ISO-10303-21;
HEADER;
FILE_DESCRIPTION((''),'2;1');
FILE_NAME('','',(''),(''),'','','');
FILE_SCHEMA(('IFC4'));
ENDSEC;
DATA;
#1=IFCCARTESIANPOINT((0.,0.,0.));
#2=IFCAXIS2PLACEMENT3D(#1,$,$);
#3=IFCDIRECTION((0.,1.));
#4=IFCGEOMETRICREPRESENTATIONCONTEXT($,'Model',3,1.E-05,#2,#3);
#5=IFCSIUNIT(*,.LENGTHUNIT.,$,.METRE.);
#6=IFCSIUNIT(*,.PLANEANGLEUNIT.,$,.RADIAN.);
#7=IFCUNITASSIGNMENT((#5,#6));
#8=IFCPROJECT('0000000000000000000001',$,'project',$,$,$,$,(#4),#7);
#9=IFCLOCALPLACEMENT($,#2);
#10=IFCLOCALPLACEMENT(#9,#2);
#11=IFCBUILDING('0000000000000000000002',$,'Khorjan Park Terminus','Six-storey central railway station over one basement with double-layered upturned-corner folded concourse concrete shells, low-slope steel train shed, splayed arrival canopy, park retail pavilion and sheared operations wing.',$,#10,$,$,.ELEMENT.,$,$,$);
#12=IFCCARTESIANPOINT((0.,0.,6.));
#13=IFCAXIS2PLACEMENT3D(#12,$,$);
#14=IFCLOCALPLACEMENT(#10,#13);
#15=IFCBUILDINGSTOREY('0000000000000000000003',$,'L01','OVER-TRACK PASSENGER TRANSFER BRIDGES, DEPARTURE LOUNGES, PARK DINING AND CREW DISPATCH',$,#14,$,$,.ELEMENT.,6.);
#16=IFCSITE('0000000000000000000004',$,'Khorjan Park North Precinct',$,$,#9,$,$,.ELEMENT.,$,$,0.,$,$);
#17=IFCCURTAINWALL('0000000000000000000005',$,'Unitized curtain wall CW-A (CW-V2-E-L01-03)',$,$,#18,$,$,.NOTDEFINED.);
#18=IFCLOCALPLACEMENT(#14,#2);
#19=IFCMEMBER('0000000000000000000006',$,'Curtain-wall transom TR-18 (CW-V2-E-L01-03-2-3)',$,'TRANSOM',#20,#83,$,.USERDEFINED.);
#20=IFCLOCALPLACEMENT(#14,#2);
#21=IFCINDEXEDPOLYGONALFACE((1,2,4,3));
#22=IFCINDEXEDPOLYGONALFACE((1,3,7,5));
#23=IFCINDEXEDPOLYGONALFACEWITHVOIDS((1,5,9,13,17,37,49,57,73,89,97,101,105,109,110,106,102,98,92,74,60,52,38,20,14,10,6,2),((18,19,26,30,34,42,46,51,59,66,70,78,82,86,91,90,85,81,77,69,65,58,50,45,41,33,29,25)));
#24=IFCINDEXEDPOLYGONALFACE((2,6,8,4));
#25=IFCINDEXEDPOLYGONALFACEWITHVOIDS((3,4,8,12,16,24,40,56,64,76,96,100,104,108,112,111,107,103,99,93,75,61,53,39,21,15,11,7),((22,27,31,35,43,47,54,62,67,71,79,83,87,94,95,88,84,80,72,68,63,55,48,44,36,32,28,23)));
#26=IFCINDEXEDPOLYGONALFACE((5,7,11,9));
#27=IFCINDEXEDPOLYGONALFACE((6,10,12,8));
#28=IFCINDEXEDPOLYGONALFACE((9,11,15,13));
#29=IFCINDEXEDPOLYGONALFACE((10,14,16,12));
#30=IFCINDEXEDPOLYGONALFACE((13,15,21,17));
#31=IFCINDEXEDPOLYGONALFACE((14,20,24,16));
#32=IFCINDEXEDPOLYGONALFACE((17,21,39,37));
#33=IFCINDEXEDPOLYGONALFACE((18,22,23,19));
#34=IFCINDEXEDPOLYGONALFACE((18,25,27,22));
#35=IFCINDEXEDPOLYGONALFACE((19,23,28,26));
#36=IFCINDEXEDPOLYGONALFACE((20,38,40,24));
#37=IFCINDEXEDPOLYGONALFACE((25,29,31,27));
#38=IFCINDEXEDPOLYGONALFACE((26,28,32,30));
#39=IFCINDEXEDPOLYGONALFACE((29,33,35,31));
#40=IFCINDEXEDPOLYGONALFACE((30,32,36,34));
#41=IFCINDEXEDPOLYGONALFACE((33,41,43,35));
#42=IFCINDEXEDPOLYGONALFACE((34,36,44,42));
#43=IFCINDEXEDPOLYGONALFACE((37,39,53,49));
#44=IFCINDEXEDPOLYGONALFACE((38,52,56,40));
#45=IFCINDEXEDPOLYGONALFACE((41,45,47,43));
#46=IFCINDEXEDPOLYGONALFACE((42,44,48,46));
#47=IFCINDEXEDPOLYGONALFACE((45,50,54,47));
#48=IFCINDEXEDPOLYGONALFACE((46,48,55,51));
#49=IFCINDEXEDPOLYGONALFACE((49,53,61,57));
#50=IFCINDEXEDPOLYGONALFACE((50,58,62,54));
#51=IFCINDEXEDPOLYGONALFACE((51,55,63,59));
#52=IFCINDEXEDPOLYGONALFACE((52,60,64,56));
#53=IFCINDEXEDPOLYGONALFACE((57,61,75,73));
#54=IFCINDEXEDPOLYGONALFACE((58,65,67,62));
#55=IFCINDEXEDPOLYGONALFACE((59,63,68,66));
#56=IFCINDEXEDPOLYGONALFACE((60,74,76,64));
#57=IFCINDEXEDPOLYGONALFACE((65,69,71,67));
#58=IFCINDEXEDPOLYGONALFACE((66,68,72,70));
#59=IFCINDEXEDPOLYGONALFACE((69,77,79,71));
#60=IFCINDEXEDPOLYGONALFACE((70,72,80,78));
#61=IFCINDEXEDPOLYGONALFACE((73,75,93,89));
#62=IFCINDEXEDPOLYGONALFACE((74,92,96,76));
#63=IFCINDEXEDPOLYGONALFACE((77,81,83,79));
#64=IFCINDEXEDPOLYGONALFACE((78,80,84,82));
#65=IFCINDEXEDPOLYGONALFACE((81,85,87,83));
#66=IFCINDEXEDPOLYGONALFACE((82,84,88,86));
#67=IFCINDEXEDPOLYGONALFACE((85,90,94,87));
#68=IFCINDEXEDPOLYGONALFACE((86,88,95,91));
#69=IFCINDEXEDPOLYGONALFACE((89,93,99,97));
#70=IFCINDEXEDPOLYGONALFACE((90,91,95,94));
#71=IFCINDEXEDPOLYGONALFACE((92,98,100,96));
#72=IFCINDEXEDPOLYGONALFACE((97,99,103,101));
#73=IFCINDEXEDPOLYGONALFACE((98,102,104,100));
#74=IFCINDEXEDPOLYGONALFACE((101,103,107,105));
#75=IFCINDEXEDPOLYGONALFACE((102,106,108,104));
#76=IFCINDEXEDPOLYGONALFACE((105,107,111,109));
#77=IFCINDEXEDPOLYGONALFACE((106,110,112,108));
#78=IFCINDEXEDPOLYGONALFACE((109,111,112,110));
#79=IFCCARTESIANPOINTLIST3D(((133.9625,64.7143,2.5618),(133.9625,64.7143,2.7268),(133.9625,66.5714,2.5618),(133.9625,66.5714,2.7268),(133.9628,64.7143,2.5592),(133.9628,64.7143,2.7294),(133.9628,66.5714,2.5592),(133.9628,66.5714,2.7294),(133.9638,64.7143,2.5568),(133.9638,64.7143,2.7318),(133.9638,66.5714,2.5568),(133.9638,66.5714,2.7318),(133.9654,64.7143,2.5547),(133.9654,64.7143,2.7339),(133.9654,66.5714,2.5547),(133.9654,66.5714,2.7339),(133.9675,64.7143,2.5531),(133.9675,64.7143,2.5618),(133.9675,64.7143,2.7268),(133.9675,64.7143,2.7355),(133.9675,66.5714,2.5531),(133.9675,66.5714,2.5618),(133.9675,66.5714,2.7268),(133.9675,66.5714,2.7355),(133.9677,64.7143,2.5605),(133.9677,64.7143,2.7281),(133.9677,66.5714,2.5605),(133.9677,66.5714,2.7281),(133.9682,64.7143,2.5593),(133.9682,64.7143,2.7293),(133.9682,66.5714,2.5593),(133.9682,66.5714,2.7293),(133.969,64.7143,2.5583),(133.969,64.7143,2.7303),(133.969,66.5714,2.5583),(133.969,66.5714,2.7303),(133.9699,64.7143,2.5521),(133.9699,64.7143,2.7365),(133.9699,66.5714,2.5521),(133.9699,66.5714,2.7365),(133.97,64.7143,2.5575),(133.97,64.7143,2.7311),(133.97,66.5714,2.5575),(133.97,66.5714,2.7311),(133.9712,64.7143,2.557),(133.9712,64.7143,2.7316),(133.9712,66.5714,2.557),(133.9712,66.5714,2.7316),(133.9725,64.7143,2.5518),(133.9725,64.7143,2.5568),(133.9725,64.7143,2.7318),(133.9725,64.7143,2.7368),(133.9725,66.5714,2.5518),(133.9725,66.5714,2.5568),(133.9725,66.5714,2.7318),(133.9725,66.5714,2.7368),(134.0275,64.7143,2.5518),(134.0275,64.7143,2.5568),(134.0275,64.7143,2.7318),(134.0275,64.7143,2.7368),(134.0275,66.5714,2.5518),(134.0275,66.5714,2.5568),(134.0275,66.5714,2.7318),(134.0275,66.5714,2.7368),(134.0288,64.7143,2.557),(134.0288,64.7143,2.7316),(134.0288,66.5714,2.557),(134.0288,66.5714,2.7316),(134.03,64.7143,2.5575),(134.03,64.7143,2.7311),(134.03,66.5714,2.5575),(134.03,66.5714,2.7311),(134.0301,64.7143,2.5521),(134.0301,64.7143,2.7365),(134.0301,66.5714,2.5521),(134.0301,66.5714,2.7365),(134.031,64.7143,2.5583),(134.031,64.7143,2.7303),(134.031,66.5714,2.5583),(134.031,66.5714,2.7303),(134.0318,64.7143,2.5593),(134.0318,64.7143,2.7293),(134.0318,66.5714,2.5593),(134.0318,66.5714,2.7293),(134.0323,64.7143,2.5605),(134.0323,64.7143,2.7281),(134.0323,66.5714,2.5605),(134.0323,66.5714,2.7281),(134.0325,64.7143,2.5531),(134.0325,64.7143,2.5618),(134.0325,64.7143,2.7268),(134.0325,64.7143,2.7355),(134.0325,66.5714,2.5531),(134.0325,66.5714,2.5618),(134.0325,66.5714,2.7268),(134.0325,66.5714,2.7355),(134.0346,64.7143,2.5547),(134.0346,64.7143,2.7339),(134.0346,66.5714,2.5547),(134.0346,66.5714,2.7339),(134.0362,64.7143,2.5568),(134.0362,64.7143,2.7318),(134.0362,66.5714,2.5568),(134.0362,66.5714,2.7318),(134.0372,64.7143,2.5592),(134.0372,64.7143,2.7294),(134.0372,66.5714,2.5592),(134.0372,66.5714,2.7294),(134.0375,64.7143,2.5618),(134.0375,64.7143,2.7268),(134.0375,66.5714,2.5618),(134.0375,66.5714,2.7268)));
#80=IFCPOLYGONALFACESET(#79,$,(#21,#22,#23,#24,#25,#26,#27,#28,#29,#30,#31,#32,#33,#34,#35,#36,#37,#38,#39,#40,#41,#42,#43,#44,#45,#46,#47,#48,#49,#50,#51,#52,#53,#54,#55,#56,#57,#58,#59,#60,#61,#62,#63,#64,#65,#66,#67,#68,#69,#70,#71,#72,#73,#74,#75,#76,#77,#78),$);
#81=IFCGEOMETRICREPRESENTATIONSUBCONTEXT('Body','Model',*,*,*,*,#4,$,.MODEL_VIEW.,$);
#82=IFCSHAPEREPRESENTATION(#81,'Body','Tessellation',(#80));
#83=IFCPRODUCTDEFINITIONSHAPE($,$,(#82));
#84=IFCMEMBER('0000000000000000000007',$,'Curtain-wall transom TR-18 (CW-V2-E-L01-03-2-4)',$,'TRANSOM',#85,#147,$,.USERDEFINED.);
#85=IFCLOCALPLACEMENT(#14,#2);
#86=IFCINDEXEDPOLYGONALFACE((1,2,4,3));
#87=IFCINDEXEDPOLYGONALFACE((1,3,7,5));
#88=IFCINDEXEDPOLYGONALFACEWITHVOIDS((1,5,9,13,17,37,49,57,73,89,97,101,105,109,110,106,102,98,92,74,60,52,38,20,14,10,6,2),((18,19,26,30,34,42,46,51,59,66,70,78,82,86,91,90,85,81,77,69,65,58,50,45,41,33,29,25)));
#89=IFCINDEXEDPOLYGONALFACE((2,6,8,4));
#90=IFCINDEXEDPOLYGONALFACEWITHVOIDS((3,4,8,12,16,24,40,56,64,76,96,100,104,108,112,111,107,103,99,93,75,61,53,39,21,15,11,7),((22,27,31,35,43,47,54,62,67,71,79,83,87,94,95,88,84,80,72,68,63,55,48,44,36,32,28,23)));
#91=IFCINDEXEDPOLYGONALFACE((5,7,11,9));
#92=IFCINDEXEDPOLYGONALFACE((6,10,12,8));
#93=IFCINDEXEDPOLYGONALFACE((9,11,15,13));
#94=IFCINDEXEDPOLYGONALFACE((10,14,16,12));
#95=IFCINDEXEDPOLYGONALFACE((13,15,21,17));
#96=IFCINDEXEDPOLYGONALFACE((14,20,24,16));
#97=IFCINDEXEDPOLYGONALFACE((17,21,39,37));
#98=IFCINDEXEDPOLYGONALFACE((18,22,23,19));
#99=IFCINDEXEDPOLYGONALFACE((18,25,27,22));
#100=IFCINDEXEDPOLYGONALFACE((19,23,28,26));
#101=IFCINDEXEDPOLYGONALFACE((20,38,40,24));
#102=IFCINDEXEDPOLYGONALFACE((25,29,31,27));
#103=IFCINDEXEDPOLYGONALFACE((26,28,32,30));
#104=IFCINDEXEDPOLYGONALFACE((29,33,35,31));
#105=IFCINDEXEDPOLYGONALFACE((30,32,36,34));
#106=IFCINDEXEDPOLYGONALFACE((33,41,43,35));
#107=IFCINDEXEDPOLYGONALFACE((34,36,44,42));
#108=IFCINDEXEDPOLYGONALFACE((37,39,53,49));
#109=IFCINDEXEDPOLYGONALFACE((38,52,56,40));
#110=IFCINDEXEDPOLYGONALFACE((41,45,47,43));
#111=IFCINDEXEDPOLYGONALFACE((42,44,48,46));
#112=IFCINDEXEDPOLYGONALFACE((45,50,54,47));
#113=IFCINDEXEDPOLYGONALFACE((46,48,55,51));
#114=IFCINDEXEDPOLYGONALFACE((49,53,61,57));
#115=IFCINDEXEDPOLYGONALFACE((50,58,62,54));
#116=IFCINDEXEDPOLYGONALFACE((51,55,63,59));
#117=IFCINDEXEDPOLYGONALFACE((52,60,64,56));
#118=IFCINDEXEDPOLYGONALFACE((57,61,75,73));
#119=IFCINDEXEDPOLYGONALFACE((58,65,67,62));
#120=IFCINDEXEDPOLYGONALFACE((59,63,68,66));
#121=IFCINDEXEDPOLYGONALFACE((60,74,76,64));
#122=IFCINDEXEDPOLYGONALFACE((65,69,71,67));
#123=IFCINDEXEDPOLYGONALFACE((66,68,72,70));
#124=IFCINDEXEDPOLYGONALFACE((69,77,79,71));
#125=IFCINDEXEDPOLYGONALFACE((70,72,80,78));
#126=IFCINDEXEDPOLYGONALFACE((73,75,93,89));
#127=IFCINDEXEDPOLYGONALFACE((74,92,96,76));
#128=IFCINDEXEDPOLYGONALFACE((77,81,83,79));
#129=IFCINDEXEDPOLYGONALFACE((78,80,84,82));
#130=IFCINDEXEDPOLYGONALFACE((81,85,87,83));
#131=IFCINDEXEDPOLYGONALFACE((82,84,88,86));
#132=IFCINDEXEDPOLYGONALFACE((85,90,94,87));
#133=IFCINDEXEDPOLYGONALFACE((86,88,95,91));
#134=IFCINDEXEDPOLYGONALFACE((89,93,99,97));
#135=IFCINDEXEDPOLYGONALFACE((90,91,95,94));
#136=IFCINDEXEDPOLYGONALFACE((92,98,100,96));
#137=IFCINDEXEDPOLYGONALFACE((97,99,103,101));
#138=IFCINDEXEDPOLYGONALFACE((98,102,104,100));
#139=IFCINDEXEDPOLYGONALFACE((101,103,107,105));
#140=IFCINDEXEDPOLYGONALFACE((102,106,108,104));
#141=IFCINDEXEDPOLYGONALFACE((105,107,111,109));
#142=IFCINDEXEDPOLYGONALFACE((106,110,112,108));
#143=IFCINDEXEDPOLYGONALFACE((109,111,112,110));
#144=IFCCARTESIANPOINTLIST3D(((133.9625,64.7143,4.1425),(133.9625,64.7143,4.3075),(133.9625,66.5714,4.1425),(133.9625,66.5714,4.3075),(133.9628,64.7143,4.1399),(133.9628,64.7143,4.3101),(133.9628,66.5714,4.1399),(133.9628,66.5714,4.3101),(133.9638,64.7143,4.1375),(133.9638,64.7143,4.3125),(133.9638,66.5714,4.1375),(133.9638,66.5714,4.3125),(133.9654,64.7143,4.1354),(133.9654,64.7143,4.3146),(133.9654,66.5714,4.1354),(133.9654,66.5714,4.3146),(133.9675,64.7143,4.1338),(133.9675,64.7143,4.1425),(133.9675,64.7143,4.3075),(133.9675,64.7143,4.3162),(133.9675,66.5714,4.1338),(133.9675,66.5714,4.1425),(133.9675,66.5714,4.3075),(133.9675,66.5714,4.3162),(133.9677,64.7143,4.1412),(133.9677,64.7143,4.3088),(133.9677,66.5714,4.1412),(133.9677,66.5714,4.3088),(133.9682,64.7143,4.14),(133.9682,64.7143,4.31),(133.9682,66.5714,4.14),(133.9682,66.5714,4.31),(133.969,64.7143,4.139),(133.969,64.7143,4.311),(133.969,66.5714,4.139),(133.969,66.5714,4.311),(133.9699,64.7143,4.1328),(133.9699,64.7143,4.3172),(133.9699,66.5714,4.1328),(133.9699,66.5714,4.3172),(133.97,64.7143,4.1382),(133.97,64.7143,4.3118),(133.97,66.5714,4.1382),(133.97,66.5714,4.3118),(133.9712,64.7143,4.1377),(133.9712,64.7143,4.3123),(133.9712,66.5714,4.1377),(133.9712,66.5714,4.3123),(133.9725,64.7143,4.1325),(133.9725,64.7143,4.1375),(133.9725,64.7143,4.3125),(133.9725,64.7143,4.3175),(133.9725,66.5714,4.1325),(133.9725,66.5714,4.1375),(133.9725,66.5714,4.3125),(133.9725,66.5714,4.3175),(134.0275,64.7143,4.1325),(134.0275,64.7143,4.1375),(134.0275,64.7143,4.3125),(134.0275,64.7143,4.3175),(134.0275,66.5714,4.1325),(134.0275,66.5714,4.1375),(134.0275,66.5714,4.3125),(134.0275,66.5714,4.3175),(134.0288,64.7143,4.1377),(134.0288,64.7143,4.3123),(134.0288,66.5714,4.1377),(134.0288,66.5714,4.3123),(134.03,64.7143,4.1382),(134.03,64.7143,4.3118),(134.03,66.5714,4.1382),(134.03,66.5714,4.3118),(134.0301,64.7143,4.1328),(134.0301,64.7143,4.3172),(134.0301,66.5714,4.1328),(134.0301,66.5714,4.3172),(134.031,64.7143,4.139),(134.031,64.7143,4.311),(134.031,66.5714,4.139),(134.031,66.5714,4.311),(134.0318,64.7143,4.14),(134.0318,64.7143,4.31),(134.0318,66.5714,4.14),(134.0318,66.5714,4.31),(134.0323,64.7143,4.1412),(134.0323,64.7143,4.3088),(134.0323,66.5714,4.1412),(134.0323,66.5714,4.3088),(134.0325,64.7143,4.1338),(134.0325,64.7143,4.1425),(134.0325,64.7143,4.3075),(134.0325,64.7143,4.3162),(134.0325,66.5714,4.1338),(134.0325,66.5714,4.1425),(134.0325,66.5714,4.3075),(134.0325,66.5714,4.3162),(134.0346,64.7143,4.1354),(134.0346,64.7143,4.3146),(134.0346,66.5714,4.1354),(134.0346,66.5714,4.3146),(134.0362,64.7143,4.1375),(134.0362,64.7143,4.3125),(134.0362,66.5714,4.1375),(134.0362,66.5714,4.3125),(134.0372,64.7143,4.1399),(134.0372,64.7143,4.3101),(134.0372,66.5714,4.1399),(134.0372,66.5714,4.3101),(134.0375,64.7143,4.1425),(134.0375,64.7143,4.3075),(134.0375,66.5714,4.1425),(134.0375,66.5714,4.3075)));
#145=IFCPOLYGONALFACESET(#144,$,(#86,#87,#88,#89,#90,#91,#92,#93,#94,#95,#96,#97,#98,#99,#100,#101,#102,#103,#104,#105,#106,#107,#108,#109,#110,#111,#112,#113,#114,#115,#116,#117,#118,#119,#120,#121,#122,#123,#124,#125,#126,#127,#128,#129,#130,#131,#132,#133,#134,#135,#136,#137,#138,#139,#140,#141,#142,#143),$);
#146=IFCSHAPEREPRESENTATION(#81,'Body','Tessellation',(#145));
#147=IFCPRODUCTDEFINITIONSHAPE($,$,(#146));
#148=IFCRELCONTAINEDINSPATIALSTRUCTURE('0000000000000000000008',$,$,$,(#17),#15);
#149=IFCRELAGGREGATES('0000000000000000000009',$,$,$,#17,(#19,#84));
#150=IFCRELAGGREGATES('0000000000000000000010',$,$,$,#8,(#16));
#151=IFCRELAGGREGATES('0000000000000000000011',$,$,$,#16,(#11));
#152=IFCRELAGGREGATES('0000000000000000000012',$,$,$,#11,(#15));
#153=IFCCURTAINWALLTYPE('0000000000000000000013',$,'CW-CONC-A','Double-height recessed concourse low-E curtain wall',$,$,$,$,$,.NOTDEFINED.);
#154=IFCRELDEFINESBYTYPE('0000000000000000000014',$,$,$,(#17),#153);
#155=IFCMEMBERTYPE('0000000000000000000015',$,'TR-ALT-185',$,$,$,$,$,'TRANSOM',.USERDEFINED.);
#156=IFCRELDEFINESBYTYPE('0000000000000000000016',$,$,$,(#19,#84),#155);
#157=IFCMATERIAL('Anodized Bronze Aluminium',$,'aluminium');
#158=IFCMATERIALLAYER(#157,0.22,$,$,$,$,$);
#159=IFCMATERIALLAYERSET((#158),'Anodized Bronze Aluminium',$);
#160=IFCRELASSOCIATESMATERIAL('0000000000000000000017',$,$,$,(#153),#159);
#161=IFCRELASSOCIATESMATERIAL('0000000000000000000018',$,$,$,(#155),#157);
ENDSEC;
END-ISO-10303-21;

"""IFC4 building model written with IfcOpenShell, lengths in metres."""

from ifc_helpers import new_model, si_unit, direction, frame, origin, origin_2d, place, context, subcontext, project, spatial, hollow_rectangle, extrude, material, layer, layer_set, material_profile, profile_set, type_object, element, aggregate, save


model = new_model("IFC4")

# Units and contexts
model_context = context("Model", 3, precision=1e-05, world=origin(), true_north=direction((0.0, 1.0)))
body_context = subcontext(model_context, "Body", "Model", "MODEL_VIEW")
ifc_project = project(units=[si_unit("LENGTHUNIT", "METRE"), si_unit("PLANEANGLEUNIT", "RADIAN")], contexts=[model_context])

# Site, building, storey
site_placement = place(None, origin())
site = spatial("IfcSite", under=ifc_project, at=site_placement, Name="Khorjan Park North Precinct", CompositionType="ELEMENT", RefElevation=0.0)
building_placement = place(site_placement, origin())
building = spatial("IfcBuilding", under=site, at=building_placement, Name="Khorjan Park Terminus", Description="Six-storey central railway station over one basement with double-layered upturned-corner folded concourse concrete shells, low-slope steel train shed, splayed arrival canopy, park retail pavilion and sheared operations wing.", CompositionType="ELEMENT")
storey_placement = place(building_placement, frame((0.0, 0.0, 6.0)))
storey = spatial("IfcBuildingStorey", under=building, at=storey_placement, Name="L01", Description="OVER-TRACK PASSENGER TRANSFER BRIDGES, DEPARTURE LOUNGES, PARK DINING AND CREW DISPATCH", CompositionType="ELEMENT", Elevation=6.0)

# Shared definitions
ifc_material_1 = material(Name="Anodized Bronze Aluminium", Category="aluminium")
ifc_layer_1 = layer(ifc_material_1, 0.22)
ifc_layer_set_1 = layer_set([ifc_layer_1], Name="Anodized Bronze Aluminium")
curtain_wall_type = type_object("IfcCurtainWallType", Name="CW-CONC-A", Description="Double-height recessed concourse low-E curtain wall", PredefinedType="NOTDEFINED", material=ifc_layer_set_1)

# Curtain wall
curtain_wall_1_placement = place(storey_placement, origin())
curtain_wall_1 = element("IfcCurtainWall", 1, at=curtain_wall_1_placement, inside=storey, type_object=curtain_wall_type, Name="Unitized curtain wall CW-A (CW-V2-E-L01-03)", PredefinedType="NOTDEFINED")

# Members
ifc_material_profile_1 = material_profile(ifc_material_1, hollow_rectangle(XDim=0.075, YDim=0.185, WallThickness=0.005, InnerFilletRadius=0.005, OuterFilletRadius=0.01, at=origin_2d()), Name="ALT 75x185x5")
ifc_profile_set_1 = profile_set([ifc_material_profile_1], Name="Anodized Bronze Aluminium")
member_type_1 = type_object("IfcMemberType", Name="TR-ALT-185", ElementType="TRANSOM", PredefinedType="USERDEFINED", material=ifc_profile_set_1)
member_1_placement = place(storey_placement, frame((134.0, 64.7143, 2.6443), z_axis=(0.0, 1.0, 0.0), x_axis=(-1.0, 0.0, 0.0)))
member_1 = element("IfcMember", 2, at=member_1_placement, type_object=member_type_1, Name="Curtain-wall transom TR-18 (CW-V2-E-L01-03-2-3)", ObjectType="TRANSOM", PredefinedType="USERDEFINED", context=body_context, shape_type="SweptSolid", body=[
    extrude(hollow_rectangle(XDim=0.075, YDim=0.185, WallThickness=0.005, InnerFilletRadius=0.005, OuterFilletRadius=0.01, at=origin_2d()), origin(), (0.0, 0.0, 1.0), 1.8571),
])
member_2_placement = place(storey_placement, frame((134.0, 64.7143, 4.225), z_axis=(0.0, 1.0, 0.0), x_axis=(-1.0, 0.0, 0.0)))
member_2 = element("IfcMember", 3, at=member_2_placement, type_object=member_type_1, Name="Curtain-wall transom TR-18 (CW-V2-E-L01-03-2-4)", ObjectType="TRANSOM", PredefinedType="USERDEFINED", context=body_context, shape_type="SweptSolid", body=[
    extrude(hollow_rectangle(XDim=0.075, YDim=0.185, WallThickness=0.005, InnerFilletRadius=0.005, OuterFilletRadius=0.01, at=origin_2d()), origin(), (0.0, 0.0, 1.0), 1.8571),
])

aggregate(curtain_wall_1, [member_1, member_2])

save(model, "model.ifc")
